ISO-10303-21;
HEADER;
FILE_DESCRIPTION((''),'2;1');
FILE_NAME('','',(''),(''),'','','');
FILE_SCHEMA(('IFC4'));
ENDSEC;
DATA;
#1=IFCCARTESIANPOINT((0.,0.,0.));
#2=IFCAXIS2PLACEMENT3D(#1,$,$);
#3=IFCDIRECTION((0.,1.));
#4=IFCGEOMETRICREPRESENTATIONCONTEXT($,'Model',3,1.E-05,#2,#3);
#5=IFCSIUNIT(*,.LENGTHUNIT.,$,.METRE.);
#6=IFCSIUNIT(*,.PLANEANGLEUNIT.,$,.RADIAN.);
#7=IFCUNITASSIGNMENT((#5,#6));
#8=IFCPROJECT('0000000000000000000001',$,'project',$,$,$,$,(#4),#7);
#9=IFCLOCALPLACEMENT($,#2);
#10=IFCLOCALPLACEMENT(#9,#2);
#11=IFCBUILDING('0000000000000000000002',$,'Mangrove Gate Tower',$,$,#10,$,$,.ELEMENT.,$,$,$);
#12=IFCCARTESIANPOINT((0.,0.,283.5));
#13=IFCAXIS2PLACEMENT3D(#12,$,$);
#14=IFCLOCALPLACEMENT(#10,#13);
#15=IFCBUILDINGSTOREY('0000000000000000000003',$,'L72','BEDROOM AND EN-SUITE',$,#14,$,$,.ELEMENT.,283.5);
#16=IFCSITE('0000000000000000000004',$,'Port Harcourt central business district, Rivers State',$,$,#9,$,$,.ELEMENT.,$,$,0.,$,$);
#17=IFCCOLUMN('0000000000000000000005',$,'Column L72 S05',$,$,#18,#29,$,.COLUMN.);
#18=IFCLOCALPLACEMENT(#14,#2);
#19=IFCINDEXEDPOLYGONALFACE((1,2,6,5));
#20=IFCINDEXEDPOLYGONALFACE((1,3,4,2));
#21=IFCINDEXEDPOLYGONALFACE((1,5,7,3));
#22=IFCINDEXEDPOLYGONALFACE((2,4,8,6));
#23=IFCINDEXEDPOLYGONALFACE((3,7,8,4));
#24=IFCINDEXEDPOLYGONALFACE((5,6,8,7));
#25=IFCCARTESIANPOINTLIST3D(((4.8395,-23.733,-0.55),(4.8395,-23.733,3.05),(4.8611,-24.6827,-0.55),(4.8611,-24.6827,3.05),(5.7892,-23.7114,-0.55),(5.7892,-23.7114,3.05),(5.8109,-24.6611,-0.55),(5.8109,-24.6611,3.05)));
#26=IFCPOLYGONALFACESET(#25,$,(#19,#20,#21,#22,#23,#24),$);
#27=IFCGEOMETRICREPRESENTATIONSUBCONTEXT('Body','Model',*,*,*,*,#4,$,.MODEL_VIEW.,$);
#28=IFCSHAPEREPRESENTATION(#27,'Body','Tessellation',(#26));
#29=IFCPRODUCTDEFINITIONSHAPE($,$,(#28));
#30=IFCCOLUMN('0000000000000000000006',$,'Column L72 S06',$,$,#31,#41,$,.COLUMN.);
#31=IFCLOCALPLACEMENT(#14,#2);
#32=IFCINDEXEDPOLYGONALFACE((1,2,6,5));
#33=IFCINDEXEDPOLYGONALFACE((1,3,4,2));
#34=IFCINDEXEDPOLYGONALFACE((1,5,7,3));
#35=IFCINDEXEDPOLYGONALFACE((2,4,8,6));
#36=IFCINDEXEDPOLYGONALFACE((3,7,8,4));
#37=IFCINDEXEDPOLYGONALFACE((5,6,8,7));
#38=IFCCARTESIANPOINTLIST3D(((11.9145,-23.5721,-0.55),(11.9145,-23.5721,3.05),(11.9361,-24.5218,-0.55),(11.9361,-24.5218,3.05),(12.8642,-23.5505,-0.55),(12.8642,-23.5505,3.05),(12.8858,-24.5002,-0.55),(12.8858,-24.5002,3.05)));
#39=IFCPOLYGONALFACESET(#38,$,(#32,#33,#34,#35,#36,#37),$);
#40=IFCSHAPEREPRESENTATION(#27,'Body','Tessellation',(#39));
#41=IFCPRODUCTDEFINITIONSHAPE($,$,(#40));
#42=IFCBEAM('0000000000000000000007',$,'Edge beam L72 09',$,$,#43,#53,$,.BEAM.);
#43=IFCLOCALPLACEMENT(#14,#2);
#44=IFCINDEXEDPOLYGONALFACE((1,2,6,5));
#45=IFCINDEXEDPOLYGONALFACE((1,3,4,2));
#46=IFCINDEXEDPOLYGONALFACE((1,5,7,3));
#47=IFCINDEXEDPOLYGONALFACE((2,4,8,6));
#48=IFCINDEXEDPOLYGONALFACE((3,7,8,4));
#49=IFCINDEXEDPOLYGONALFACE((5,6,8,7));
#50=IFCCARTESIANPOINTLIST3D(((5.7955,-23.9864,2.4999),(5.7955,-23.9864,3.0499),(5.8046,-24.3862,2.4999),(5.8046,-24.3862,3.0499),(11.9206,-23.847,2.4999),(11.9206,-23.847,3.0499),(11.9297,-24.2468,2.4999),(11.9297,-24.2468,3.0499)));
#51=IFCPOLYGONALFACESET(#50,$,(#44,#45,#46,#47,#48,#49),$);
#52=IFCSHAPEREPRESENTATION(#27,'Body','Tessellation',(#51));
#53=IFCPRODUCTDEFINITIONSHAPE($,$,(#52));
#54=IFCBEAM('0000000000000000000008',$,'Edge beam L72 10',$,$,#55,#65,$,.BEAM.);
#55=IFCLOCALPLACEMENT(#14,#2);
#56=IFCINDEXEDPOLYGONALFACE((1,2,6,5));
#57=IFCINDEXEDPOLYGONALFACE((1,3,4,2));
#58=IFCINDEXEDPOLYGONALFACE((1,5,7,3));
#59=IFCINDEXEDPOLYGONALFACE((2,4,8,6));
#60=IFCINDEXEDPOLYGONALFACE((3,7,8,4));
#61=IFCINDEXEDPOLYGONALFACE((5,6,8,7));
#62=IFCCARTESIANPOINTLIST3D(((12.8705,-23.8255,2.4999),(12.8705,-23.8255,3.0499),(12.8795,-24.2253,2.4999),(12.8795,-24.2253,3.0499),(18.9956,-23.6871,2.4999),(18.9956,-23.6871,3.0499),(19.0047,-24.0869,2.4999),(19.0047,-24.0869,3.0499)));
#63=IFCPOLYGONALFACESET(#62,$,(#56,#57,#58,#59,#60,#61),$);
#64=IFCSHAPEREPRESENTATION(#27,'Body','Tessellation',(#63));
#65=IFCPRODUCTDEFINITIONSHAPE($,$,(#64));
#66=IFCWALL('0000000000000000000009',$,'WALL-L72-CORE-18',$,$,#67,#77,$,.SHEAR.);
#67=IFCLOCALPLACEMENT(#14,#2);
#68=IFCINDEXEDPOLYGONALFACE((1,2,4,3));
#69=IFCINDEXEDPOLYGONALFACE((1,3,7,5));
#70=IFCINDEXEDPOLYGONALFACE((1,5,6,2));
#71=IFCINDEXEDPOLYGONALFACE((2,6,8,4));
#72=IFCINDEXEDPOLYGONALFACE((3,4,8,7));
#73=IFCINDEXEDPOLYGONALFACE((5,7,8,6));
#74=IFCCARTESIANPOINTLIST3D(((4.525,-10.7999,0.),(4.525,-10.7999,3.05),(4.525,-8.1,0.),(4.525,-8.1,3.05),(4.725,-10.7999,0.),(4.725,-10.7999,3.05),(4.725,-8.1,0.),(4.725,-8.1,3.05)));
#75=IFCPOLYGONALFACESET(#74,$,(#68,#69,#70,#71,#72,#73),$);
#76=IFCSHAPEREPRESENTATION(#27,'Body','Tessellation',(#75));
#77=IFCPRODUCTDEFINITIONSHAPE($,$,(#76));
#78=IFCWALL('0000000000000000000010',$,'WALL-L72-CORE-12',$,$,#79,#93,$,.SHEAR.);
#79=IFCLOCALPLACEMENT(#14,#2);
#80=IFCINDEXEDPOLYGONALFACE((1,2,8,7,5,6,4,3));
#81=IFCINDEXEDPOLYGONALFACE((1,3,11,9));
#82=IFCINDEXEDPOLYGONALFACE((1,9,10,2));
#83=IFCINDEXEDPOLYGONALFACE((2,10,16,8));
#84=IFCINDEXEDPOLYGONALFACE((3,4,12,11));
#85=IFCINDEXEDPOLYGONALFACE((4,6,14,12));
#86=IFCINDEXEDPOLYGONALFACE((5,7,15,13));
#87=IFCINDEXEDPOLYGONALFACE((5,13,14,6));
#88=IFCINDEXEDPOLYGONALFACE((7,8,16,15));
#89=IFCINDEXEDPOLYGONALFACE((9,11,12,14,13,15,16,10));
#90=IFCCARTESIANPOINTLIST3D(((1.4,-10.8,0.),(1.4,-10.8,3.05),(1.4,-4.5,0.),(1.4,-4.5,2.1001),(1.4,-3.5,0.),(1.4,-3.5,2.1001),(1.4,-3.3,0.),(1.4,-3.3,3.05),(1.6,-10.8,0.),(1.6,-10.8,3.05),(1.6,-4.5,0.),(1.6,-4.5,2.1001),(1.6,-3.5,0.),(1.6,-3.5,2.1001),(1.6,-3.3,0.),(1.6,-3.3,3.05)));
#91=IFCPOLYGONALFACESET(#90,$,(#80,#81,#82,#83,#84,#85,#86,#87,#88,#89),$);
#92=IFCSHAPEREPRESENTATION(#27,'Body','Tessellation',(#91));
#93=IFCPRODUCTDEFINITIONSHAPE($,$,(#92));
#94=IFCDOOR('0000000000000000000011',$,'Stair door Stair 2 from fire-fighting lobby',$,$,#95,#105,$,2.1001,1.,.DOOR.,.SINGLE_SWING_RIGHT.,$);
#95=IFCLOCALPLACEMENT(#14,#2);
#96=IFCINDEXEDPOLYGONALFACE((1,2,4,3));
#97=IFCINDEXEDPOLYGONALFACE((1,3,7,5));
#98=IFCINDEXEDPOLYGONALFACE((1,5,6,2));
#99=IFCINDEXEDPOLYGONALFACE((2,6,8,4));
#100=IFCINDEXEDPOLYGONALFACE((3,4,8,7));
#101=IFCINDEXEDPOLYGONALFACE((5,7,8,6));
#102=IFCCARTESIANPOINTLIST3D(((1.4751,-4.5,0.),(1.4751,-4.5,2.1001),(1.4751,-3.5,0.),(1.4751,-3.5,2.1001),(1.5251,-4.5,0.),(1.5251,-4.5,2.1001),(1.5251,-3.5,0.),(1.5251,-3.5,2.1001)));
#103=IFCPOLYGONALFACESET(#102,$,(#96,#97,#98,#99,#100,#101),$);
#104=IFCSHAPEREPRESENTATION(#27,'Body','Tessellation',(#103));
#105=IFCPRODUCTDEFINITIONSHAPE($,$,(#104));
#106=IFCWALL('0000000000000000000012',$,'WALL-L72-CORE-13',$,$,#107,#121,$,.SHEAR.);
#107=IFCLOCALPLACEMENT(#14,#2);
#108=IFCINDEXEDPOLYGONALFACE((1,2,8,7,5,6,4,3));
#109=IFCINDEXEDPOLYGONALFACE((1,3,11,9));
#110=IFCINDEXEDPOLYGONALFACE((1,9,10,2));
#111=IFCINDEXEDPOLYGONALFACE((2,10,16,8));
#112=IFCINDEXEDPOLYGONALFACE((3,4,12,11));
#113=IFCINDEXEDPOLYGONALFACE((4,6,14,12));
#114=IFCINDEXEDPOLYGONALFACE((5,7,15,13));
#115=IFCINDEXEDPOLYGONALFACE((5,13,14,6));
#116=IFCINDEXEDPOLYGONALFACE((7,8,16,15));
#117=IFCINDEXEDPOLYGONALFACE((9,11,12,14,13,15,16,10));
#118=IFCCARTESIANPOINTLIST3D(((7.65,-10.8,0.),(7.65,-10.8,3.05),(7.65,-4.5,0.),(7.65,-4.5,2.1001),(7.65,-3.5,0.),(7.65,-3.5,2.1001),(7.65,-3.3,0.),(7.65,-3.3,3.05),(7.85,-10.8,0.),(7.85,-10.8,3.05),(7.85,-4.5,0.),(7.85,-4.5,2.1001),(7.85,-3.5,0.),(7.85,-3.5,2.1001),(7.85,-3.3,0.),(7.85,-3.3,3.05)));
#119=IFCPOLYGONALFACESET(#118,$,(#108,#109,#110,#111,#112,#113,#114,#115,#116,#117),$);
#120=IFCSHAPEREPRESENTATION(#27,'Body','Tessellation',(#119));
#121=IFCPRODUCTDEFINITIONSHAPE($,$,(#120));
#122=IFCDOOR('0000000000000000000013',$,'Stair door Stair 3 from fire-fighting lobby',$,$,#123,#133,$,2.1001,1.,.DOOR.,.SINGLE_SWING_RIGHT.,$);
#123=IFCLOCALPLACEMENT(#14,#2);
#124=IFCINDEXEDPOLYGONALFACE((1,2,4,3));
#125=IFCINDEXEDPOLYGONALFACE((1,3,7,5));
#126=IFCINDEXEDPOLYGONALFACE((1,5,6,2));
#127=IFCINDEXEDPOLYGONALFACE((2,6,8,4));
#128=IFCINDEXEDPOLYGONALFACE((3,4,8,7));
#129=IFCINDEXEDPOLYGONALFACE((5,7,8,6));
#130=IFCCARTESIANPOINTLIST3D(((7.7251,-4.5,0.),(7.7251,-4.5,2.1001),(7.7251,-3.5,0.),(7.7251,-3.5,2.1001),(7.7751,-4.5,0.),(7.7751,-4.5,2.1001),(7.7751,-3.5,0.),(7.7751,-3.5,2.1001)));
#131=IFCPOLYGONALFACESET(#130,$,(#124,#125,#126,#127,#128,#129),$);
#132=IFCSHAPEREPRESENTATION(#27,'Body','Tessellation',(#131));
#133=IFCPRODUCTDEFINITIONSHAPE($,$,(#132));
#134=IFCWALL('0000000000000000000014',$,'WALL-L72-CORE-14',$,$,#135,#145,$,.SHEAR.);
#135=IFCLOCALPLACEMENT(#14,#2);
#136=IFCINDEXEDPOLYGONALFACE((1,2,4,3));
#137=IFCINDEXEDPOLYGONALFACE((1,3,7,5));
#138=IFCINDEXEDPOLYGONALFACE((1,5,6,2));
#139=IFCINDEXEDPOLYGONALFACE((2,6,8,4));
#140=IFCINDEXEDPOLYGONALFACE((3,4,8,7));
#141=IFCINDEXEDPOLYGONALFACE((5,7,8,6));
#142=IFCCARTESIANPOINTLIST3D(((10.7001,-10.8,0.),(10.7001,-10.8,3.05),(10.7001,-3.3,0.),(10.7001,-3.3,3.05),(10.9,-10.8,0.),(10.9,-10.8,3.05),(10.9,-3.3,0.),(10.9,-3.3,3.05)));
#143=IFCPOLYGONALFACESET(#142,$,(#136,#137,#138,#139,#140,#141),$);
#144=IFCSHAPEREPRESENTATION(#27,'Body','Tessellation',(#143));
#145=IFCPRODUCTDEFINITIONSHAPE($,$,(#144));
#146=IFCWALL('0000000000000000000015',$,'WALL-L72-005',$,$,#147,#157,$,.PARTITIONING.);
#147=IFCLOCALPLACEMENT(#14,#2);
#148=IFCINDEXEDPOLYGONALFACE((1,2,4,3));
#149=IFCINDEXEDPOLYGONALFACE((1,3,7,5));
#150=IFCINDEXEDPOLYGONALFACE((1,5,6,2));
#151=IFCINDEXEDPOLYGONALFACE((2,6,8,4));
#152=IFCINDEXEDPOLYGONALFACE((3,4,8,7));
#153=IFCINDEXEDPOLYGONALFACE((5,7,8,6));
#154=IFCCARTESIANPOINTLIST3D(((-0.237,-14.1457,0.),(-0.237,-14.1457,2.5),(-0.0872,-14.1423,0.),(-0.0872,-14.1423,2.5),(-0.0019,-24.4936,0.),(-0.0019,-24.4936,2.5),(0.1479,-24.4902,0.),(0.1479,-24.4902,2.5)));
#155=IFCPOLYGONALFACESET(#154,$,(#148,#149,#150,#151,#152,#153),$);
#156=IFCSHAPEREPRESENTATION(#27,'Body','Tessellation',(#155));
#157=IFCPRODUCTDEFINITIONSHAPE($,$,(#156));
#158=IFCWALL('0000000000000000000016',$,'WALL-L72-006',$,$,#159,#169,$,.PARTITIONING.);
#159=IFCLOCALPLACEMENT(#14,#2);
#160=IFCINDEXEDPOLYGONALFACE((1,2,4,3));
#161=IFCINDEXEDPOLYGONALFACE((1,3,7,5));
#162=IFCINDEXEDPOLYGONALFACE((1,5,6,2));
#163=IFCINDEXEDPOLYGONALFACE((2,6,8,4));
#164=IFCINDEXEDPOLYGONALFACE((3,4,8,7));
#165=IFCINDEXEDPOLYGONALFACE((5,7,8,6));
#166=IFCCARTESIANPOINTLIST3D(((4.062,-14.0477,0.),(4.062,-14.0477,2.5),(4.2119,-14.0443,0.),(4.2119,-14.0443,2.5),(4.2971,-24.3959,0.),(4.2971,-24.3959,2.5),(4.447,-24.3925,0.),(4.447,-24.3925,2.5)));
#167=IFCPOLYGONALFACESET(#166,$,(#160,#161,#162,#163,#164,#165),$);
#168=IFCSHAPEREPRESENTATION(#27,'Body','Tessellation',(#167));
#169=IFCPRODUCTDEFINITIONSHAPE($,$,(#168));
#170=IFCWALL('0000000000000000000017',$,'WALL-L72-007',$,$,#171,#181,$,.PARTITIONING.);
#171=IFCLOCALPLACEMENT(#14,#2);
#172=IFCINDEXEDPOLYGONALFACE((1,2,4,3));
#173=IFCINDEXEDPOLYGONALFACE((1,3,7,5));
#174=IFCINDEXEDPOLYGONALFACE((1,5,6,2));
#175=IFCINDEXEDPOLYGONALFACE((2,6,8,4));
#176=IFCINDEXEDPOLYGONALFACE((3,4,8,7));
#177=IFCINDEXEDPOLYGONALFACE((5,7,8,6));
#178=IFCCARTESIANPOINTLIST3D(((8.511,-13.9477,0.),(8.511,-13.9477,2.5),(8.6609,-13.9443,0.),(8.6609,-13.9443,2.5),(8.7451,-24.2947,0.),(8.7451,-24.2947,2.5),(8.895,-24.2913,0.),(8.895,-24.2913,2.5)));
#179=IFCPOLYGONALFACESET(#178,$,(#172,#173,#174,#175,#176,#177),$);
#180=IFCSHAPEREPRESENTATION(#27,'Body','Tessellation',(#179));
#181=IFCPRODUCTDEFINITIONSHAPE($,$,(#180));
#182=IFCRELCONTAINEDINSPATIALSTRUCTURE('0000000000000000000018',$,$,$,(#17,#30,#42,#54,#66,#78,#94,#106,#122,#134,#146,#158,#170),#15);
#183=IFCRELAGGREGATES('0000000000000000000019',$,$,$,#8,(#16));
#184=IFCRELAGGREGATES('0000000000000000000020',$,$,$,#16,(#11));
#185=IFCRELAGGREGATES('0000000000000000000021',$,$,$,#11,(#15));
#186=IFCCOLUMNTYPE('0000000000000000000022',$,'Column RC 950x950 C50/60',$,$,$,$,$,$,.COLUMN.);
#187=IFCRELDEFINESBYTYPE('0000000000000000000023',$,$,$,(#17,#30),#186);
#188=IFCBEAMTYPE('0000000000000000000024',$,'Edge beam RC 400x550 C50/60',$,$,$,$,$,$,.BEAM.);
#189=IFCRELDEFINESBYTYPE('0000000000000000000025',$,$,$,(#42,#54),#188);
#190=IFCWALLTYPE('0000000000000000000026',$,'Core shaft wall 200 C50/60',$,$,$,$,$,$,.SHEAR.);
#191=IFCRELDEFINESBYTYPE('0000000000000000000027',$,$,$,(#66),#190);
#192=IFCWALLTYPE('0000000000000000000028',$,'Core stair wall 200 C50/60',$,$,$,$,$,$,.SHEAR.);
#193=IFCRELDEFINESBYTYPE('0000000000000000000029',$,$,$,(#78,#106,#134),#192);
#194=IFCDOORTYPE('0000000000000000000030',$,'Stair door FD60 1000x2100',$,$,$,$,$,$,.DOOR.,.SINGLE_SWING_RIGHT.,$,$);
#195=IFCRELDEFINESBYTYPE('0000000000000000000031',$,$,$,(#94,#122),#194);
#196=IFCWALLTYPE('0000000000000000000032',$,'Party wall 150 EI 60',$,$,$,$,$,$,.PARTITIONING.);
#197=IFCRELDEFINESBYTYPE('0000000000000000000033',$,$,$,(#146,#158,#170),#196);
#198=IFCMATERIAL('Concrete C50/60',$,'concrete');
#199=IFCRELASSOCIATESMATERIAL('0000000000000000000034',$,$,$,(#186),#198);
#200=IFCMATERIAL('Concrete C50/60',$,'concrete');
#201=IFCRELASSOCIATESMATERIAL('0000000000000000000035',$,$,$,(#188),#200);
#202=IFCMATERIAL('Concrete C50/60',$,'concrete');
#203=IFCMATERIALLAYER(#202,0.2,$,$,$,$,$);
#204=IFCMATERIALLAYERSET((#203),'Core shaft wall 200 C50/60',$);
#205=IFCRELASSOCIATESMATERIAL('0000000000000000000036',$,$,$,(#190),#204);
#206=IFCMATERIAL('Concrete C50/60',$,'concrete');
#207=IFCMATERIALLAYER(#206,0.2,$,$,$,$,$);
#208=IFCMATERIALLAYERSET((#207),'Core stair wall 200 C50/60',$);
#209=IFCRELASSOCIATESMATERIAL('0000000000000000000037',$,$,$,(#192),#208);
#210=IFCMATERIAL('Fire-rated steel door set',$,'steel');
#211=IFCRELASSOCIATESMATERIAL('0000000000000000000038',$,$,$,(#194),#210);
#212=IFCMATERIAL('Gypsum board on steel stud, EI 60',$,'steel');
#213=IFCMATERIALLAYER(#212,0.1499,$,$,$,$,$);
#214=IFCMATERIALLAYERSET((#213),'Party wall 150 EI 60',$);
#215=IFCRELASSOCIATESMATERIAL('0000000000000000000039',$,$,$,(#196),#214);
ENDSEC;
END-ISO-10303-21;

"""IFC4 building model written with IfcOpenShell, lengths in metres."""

from ifc_helpers import new_model, si_unit, direction, frame, frame_2d, origin, origin_2d, place, context, subcontext, project, spatial, rectangle, extrude, material, layer, layer_set, material_profile, profile_set, type_object, element, fill, save


model = new_model("IFC4")

# Units and contexts
model_context = context("Model", 3, precision=1e-05, world=origin(), true_north=direction((0.0, 1.0)))
body_context = subcontext(model_context, "Body", "Model", "MODEL_VIEW")
ifc_project = project(units=[si_unit("LENGTHUNIT", "METRE"), si_unit("PLANEANGLEUNIT", "RADIAN")], contexts=[model_context])

# Site, building, storey
site_placement = place(None, origin())
site = spatial("IfcSite", under=ifc_project, at=site_placement, Name="Port Harcourt central business district, Rivers State", CompositionType="ELEMENT", RefElevation=0.0)
building_placement = place(site_placement, origin())
building = spatial("IfcBuilding", under=site, at=building_placement, Name="Mangrove Gate Tower", CompositionType="ELEMENT")
storey_placement = place(building_placement, frame((0.0, 0.0, 283.5)))
storey = spatial("IfcBuildingStorey", under=building, at=storey_placement, Name="L72", Description="BEDROOM AND EN-SUITE", CompositionType="ELEMENT", Elevation=283.5)

# Columns
ifc_material_1 = material(Name="Concrete C50/60", Category="concrete")
ifc_material_profile_1 = material_profile(ifc_material_1, rectangle(XDim=0.95, YDim=0.95, at=origin_2d()))
ifc_profile_set_1 = profile_set([ifc_material_profile_1], Name="Concrete C50/60")
column_type = type_object("IfcColumnType", Name="Column RC 950x950 C50/60", PredefinedType="COLUMN", material=ifc_profile_set_1)
for number, where, z_axis, x_axis, name in (
    (1, (5.3252, -24.197, -0.55), (0.0, 0.0, 1.0), (0.999741, 0.022752, 0.0), "Column L72 S05"),
    (2, (12.4001, -24.0361, -0.55), (0.0, 0.0, 1.0), (0.999743, 0.02268, 0.0), "Column L72 S06"),
):
    element("IfcColumn", number, at=place(storey_placement, frame(where, z_axis=z_axis, x_axis=x_axis)), inside=storey, type_object=column_type, Name=name, PredefinedType="COLUMN", context=body_context, shape_type="SweptSolid", body=[
        extrude(rectangle(XDim=0.95, YDim=0.95, at=origin_2d()), origin(), (0.0, 0.0, 1.0), 3.6001),
    ])

# Beams
ifc_material_2 = material(Name="Concrete C50/60", Category="concrete")
ifc_material_profile_2 = material_profile(ifc_material_2, rectangle(XDim=0.3999, YDim=0.55, at=origin_2d()))
ifc_profile_set_2 = profile_set([ifc_material_profile_2], Name="Concrete C50/60")
beam_type = type_object("IfcBeamType", Name="Edge beam RC 400x550 C50/60", PredefinedType="BEAM", material=ifc_profile_set_2)
for number, where, z_axis, x_axis, name in (
    (3, (5.8, -24.1863, 2.7749), (0.999741, 0.022753, 0.0), (-0.022753, 0.999741, 0.0), "Edge beam L72 09"),
    (4, (12.875, -24.0254, 2.7749), (0.999745, 0.022594, 0.0), (-0.022594, 0.999745, 0.0), "Edge beam L72 10"),
):
    element("IfcBeam", number, at=place(storey_placement, frame(where, z_axis=z_axis, x_axis=x_axis)), inside=storey, type_object=beam_type, Name=name, PredefinedType="BEAM", context=body_context, shape_type="SweptSolid", body=[
        extrude(rectangle(XDim=0.3999, YDim=0.55, at=origin_2d()), origin(), (0.0, 0.0, 1.0), 6.1267),
    ])

# Wall
ifc_material_3 = material(Name="Concrete C50/60", Category="concrete")
ifc_layer_1 = layer(ifc_material_3, 0.2)
ifc_layer_set_1 = layer_set([ifc_layer_1], Name="Core shaft wall 200 C50/60")
wall_type_1 = type_object("IfcWallType", Name="Core shaft wall 200 C50/60", PredefinedType="SHEAR", material=ifc_layer_set_1)
wall_1_placement = place(storey_placement, frame((4.625, -10.8, 0.0), z_axis=(0.0, 0.0, 1.0), x_axis=(0.0, 1.0, 0.0)))
element("IfcWall", 5, at=wall_1_placement, inside=storey, type_object=wall_type_1, Name="WALL-L72-CORE-18", PredefinedType="SHEAR", context=body_context, shape_type="SweptSolid", body=[
    extrude(rectangle(XDim=2.7, YDim=0.2, at=frame_2d((1.3501, 0.0))), origin(), (0.0, 0.0, 1.0), 3.05),
])

# Walls, openings, doors
ifc_material_4 = material(Name="Concrete C50/60", Category="concrete")
ifc_layer_2 = layer(ifc_material_4, 0.2)
ifc_layer_set_2 = layer_set([ifc_layer_2], Name="Core stair wall 200 C50/60")
wall_type_2 = type_object("IfcWallType", Name="Core stair wall 200 C50/60", PredefinedType="SHEAR", material=ifc_layer_set_2)
wall_2_placement = place(storey_placement, frame((1.5, -10.8, 0.0), z_axis=(0.0, 0.0, 1.0), x_axis=(0.0, 1.0, 0.0)))
wall_2 = element("IfcWall", 6, at=wall_2_placement, inside=storey, type_object=wall_type_2, Name="WALL-L72-CORE-12", PredefinedType="SHEAR", context=body_context, shape_type="SweptSolid", body=[
    extrude(rectangle(XDim=7.5, YDim=0.2, at=frame_2d((3.75, 0.0))), origin(), (0.0, 0.0, 1.0), 3.05),
])
opening_1_placement = place(wall_2_placement, frame((6.3, 0.0, 0.0)))
opening_1 = element("IfcOpeningElement", 7, at=opening_1_placement, cuts=wall_2, PredefinedType="OPENING", context=body_context, shape_type="SweptSolid", body=[
    extrude(rectangle(XDim=1.0, YDim=2.1001, at=frame_2d((0.5, 1.05))), frame((0.0, 0.1099, 0.0), z_axis=(0.0, -1.0, 0.0), x_axis=(1.0, 0.0, 0.0)), (0.0, 0.0, 1.0), 0.22),
])
ifc_material_5 = material(Name="Fire-rated steel door set", Category="steel")
door_type_1 = type_object("IfcDoorType", Name="Stair door FD60 1000x2100", OperationType="SINGLE_SWING_RIGHT", PredefinedType="DOOR", material=ifc_material_5)
door_1_placement = place(opening_1_placement, origin())
door_1 = element("IfcDoor", 8, at=door_1_placement, inside=storey, type_object=door_type_1, Name="Stair door Stair 2 from fire-fighting lobby", OperationType="SINGLE_SWING_RIGHT", OverallHeight=2.1001, OverallWidth=1.0, PredefinedType="DOOR", context=body_context, shape_type="SweptSolid", body=[
    extrude(rectangle(XDim=1.0, YDim=2.1001, at=frame_2d((0.5, 1.05))), frame((0.0, 0.0249, 0.0), z_axis=(0.0, -1.0, 0.0), x_axis=(1.0, 0.0, 0.0)), (0.0, 0.0, 1.0), 0.05),
])
fill(opening_1, door_1)
wall_3_placement = place(storey_placement, frame((7.75, -10.8, 0.0), z_axis=(0.0, 0.0, 1.0), x_axis=(0.0, 1.0, 0.0)))
wall_3 = element("IfcWall", 9, at=wall_3_placement, inside=storey, type_object=wall_type_2, Name="WALL-L72-CORE-13", PredefinedType="SHEAR", context=body_context, shape_type="SweptSolid", body=[
    extrude(rectangle(XDim=7.5, YDim=0.2, at=frame_2d((3.75, 0.0))), origin(), (0.0, 0.0, 1.0), 3.05),
])
opening_2_placement = place(wall_3_placement, frame((6.3, 0.0, 0.0)))
opening_2 = element("IfcOpeningElement", 10, at=opening_2_placement, cuts=wall_3, PredefinedType="OPENING", context=body_context, shape_type="SweptSolid", body=[
    extrude(rectangle(XDim=1.0, YDim=2.1001, at=frame_2d((0.5, 1.05))), frame((0.0, 0.1099, 0.0), z_axis=(0.0, -1.0, 0.0), x_axis=(1.0, 0.0, 0.0)), (0.0, 0.0, 1.0), 0.22),
])
door_2_placement = place(opening_2_placement, origin())
door_2 = element("IfcDoor", 11, at=door_2_placement, inside=storey, type_object=door_type_1, Name="Stair door Stair 3 from fire-fighting lobby", OperationType="SINGLE_SWING_RIGHT", OverallHeight=2.1001, OverallWidth=1.0, PredefinedType="DOOR", context=body_context, shape_type="SweptSolid", body=[
    extrude(rectangle(XDim=1.0, YDim=2.1001, at=frame_2d((0.5, 1.05))), frame((0.0, 0.0249, 0.0), z_axis=(0.0, -1.0, 0.0), x_axis=(1.0, 0.0, 0.0)), (0.0, 0.0, 1.0), 0.05),
])
fill(opening_2, door_2)

# Walls
wall_4_placement = place(storey_placement, frame((10.8, -10.8, 0.0), z_axis=(0.0, 0.0, 1.0), x_axis=(0.0, 1.0, 0.0)))
element("IfcWall", 12, at=wall_4_placement, inside=storey, type_object=wall_type_2, Name="WALL-L72-CORE-14", PredefinedType="SHEAR", context=body_context, shape_type="SweptSolid", body=[
    extrude(rectangle(XDim=7.5, YDim=0.2, at=frame_2d((3.75, 0.0))), origin(), (0.0, 0.0, 1.0), 3.05),
])
ifc_material_6 = material(Name="Gypsum board on steel stud, EI 60", Category="steel")
ifc_layer_3 = layer(ifc_material_6, 0.1499)
ifc_layer_set_3 = layer_set([ifc_layer_3], Name="Party wall 150 EI 60")
wall_type_3 = type_object("IfcWallType", Name="Party wall 150 EI 60", PredefinedType="PARTITIONING", material=ifc_layer_set_3)
wall_5_placement = place(storey_placement, frame((0.073, -24.4919, 0.0), z_axis=(0.0, 0.0, 1.0), x_axis=(-0.022714, 0.999742, 0.0)))
element("IfcWall", 13, at=wall_5_placement, inside=storey, type_object=wall_type_3, Name="WALL-L72-005", PredefinedType="PARTITIONING", context=body_context, shape_type="SweptSolid", body=[
    extrude(rectangle(XDim=10.3506, YDim=0.1499, at=frame_2d((5.1753, 0.0))), origin(), (0.0, 0.0, 1.0), 2.5),
])
wall_6_placement = place(storey_placement, frame((4.3721, -24.394, 0.0), z_axis=(0.0, 0.0, 1.0), x_axis=(-0.022714, 0.999742, 0.0)))
element("IfcWall", 14, at=wall_6_placement, inside=storey, type_object=wall_type_3, Name="WALL-L72-006", PredefinedType="PARTITIONING", context=body_context, shape_type="SweptSolid", body=[
    extrude(rectangle(XDim=10.3508, YDim=0.1499, at=frame_2d((5.1753, 0.0))), origin(), (0.0, 0.0, 1.0), 2.5),
])
wall_7_placement = place(storey_placement, frame((8.8201, -24.293, 0.0), z_axis=(0.0, 0.0, 1.0), x_axis=(-0.022622, 0.999744, 0.0)))
element("IfcWall", 15, at=wall_7_placement, inside=storey, type_object=wall_type_3, Name="WALL-L72-007", PredefinedType="PARTITIONING", context=body_context, shape_type="SweptSolid", body=[
    extrude(rectangle(XDim=10.3496, YDim=0.1499, at=frame_2d((5.1748, 0.0))), origin(), (0.0, 0.0, 1.0), 2.5),
])

save(model, "model.ifc")
